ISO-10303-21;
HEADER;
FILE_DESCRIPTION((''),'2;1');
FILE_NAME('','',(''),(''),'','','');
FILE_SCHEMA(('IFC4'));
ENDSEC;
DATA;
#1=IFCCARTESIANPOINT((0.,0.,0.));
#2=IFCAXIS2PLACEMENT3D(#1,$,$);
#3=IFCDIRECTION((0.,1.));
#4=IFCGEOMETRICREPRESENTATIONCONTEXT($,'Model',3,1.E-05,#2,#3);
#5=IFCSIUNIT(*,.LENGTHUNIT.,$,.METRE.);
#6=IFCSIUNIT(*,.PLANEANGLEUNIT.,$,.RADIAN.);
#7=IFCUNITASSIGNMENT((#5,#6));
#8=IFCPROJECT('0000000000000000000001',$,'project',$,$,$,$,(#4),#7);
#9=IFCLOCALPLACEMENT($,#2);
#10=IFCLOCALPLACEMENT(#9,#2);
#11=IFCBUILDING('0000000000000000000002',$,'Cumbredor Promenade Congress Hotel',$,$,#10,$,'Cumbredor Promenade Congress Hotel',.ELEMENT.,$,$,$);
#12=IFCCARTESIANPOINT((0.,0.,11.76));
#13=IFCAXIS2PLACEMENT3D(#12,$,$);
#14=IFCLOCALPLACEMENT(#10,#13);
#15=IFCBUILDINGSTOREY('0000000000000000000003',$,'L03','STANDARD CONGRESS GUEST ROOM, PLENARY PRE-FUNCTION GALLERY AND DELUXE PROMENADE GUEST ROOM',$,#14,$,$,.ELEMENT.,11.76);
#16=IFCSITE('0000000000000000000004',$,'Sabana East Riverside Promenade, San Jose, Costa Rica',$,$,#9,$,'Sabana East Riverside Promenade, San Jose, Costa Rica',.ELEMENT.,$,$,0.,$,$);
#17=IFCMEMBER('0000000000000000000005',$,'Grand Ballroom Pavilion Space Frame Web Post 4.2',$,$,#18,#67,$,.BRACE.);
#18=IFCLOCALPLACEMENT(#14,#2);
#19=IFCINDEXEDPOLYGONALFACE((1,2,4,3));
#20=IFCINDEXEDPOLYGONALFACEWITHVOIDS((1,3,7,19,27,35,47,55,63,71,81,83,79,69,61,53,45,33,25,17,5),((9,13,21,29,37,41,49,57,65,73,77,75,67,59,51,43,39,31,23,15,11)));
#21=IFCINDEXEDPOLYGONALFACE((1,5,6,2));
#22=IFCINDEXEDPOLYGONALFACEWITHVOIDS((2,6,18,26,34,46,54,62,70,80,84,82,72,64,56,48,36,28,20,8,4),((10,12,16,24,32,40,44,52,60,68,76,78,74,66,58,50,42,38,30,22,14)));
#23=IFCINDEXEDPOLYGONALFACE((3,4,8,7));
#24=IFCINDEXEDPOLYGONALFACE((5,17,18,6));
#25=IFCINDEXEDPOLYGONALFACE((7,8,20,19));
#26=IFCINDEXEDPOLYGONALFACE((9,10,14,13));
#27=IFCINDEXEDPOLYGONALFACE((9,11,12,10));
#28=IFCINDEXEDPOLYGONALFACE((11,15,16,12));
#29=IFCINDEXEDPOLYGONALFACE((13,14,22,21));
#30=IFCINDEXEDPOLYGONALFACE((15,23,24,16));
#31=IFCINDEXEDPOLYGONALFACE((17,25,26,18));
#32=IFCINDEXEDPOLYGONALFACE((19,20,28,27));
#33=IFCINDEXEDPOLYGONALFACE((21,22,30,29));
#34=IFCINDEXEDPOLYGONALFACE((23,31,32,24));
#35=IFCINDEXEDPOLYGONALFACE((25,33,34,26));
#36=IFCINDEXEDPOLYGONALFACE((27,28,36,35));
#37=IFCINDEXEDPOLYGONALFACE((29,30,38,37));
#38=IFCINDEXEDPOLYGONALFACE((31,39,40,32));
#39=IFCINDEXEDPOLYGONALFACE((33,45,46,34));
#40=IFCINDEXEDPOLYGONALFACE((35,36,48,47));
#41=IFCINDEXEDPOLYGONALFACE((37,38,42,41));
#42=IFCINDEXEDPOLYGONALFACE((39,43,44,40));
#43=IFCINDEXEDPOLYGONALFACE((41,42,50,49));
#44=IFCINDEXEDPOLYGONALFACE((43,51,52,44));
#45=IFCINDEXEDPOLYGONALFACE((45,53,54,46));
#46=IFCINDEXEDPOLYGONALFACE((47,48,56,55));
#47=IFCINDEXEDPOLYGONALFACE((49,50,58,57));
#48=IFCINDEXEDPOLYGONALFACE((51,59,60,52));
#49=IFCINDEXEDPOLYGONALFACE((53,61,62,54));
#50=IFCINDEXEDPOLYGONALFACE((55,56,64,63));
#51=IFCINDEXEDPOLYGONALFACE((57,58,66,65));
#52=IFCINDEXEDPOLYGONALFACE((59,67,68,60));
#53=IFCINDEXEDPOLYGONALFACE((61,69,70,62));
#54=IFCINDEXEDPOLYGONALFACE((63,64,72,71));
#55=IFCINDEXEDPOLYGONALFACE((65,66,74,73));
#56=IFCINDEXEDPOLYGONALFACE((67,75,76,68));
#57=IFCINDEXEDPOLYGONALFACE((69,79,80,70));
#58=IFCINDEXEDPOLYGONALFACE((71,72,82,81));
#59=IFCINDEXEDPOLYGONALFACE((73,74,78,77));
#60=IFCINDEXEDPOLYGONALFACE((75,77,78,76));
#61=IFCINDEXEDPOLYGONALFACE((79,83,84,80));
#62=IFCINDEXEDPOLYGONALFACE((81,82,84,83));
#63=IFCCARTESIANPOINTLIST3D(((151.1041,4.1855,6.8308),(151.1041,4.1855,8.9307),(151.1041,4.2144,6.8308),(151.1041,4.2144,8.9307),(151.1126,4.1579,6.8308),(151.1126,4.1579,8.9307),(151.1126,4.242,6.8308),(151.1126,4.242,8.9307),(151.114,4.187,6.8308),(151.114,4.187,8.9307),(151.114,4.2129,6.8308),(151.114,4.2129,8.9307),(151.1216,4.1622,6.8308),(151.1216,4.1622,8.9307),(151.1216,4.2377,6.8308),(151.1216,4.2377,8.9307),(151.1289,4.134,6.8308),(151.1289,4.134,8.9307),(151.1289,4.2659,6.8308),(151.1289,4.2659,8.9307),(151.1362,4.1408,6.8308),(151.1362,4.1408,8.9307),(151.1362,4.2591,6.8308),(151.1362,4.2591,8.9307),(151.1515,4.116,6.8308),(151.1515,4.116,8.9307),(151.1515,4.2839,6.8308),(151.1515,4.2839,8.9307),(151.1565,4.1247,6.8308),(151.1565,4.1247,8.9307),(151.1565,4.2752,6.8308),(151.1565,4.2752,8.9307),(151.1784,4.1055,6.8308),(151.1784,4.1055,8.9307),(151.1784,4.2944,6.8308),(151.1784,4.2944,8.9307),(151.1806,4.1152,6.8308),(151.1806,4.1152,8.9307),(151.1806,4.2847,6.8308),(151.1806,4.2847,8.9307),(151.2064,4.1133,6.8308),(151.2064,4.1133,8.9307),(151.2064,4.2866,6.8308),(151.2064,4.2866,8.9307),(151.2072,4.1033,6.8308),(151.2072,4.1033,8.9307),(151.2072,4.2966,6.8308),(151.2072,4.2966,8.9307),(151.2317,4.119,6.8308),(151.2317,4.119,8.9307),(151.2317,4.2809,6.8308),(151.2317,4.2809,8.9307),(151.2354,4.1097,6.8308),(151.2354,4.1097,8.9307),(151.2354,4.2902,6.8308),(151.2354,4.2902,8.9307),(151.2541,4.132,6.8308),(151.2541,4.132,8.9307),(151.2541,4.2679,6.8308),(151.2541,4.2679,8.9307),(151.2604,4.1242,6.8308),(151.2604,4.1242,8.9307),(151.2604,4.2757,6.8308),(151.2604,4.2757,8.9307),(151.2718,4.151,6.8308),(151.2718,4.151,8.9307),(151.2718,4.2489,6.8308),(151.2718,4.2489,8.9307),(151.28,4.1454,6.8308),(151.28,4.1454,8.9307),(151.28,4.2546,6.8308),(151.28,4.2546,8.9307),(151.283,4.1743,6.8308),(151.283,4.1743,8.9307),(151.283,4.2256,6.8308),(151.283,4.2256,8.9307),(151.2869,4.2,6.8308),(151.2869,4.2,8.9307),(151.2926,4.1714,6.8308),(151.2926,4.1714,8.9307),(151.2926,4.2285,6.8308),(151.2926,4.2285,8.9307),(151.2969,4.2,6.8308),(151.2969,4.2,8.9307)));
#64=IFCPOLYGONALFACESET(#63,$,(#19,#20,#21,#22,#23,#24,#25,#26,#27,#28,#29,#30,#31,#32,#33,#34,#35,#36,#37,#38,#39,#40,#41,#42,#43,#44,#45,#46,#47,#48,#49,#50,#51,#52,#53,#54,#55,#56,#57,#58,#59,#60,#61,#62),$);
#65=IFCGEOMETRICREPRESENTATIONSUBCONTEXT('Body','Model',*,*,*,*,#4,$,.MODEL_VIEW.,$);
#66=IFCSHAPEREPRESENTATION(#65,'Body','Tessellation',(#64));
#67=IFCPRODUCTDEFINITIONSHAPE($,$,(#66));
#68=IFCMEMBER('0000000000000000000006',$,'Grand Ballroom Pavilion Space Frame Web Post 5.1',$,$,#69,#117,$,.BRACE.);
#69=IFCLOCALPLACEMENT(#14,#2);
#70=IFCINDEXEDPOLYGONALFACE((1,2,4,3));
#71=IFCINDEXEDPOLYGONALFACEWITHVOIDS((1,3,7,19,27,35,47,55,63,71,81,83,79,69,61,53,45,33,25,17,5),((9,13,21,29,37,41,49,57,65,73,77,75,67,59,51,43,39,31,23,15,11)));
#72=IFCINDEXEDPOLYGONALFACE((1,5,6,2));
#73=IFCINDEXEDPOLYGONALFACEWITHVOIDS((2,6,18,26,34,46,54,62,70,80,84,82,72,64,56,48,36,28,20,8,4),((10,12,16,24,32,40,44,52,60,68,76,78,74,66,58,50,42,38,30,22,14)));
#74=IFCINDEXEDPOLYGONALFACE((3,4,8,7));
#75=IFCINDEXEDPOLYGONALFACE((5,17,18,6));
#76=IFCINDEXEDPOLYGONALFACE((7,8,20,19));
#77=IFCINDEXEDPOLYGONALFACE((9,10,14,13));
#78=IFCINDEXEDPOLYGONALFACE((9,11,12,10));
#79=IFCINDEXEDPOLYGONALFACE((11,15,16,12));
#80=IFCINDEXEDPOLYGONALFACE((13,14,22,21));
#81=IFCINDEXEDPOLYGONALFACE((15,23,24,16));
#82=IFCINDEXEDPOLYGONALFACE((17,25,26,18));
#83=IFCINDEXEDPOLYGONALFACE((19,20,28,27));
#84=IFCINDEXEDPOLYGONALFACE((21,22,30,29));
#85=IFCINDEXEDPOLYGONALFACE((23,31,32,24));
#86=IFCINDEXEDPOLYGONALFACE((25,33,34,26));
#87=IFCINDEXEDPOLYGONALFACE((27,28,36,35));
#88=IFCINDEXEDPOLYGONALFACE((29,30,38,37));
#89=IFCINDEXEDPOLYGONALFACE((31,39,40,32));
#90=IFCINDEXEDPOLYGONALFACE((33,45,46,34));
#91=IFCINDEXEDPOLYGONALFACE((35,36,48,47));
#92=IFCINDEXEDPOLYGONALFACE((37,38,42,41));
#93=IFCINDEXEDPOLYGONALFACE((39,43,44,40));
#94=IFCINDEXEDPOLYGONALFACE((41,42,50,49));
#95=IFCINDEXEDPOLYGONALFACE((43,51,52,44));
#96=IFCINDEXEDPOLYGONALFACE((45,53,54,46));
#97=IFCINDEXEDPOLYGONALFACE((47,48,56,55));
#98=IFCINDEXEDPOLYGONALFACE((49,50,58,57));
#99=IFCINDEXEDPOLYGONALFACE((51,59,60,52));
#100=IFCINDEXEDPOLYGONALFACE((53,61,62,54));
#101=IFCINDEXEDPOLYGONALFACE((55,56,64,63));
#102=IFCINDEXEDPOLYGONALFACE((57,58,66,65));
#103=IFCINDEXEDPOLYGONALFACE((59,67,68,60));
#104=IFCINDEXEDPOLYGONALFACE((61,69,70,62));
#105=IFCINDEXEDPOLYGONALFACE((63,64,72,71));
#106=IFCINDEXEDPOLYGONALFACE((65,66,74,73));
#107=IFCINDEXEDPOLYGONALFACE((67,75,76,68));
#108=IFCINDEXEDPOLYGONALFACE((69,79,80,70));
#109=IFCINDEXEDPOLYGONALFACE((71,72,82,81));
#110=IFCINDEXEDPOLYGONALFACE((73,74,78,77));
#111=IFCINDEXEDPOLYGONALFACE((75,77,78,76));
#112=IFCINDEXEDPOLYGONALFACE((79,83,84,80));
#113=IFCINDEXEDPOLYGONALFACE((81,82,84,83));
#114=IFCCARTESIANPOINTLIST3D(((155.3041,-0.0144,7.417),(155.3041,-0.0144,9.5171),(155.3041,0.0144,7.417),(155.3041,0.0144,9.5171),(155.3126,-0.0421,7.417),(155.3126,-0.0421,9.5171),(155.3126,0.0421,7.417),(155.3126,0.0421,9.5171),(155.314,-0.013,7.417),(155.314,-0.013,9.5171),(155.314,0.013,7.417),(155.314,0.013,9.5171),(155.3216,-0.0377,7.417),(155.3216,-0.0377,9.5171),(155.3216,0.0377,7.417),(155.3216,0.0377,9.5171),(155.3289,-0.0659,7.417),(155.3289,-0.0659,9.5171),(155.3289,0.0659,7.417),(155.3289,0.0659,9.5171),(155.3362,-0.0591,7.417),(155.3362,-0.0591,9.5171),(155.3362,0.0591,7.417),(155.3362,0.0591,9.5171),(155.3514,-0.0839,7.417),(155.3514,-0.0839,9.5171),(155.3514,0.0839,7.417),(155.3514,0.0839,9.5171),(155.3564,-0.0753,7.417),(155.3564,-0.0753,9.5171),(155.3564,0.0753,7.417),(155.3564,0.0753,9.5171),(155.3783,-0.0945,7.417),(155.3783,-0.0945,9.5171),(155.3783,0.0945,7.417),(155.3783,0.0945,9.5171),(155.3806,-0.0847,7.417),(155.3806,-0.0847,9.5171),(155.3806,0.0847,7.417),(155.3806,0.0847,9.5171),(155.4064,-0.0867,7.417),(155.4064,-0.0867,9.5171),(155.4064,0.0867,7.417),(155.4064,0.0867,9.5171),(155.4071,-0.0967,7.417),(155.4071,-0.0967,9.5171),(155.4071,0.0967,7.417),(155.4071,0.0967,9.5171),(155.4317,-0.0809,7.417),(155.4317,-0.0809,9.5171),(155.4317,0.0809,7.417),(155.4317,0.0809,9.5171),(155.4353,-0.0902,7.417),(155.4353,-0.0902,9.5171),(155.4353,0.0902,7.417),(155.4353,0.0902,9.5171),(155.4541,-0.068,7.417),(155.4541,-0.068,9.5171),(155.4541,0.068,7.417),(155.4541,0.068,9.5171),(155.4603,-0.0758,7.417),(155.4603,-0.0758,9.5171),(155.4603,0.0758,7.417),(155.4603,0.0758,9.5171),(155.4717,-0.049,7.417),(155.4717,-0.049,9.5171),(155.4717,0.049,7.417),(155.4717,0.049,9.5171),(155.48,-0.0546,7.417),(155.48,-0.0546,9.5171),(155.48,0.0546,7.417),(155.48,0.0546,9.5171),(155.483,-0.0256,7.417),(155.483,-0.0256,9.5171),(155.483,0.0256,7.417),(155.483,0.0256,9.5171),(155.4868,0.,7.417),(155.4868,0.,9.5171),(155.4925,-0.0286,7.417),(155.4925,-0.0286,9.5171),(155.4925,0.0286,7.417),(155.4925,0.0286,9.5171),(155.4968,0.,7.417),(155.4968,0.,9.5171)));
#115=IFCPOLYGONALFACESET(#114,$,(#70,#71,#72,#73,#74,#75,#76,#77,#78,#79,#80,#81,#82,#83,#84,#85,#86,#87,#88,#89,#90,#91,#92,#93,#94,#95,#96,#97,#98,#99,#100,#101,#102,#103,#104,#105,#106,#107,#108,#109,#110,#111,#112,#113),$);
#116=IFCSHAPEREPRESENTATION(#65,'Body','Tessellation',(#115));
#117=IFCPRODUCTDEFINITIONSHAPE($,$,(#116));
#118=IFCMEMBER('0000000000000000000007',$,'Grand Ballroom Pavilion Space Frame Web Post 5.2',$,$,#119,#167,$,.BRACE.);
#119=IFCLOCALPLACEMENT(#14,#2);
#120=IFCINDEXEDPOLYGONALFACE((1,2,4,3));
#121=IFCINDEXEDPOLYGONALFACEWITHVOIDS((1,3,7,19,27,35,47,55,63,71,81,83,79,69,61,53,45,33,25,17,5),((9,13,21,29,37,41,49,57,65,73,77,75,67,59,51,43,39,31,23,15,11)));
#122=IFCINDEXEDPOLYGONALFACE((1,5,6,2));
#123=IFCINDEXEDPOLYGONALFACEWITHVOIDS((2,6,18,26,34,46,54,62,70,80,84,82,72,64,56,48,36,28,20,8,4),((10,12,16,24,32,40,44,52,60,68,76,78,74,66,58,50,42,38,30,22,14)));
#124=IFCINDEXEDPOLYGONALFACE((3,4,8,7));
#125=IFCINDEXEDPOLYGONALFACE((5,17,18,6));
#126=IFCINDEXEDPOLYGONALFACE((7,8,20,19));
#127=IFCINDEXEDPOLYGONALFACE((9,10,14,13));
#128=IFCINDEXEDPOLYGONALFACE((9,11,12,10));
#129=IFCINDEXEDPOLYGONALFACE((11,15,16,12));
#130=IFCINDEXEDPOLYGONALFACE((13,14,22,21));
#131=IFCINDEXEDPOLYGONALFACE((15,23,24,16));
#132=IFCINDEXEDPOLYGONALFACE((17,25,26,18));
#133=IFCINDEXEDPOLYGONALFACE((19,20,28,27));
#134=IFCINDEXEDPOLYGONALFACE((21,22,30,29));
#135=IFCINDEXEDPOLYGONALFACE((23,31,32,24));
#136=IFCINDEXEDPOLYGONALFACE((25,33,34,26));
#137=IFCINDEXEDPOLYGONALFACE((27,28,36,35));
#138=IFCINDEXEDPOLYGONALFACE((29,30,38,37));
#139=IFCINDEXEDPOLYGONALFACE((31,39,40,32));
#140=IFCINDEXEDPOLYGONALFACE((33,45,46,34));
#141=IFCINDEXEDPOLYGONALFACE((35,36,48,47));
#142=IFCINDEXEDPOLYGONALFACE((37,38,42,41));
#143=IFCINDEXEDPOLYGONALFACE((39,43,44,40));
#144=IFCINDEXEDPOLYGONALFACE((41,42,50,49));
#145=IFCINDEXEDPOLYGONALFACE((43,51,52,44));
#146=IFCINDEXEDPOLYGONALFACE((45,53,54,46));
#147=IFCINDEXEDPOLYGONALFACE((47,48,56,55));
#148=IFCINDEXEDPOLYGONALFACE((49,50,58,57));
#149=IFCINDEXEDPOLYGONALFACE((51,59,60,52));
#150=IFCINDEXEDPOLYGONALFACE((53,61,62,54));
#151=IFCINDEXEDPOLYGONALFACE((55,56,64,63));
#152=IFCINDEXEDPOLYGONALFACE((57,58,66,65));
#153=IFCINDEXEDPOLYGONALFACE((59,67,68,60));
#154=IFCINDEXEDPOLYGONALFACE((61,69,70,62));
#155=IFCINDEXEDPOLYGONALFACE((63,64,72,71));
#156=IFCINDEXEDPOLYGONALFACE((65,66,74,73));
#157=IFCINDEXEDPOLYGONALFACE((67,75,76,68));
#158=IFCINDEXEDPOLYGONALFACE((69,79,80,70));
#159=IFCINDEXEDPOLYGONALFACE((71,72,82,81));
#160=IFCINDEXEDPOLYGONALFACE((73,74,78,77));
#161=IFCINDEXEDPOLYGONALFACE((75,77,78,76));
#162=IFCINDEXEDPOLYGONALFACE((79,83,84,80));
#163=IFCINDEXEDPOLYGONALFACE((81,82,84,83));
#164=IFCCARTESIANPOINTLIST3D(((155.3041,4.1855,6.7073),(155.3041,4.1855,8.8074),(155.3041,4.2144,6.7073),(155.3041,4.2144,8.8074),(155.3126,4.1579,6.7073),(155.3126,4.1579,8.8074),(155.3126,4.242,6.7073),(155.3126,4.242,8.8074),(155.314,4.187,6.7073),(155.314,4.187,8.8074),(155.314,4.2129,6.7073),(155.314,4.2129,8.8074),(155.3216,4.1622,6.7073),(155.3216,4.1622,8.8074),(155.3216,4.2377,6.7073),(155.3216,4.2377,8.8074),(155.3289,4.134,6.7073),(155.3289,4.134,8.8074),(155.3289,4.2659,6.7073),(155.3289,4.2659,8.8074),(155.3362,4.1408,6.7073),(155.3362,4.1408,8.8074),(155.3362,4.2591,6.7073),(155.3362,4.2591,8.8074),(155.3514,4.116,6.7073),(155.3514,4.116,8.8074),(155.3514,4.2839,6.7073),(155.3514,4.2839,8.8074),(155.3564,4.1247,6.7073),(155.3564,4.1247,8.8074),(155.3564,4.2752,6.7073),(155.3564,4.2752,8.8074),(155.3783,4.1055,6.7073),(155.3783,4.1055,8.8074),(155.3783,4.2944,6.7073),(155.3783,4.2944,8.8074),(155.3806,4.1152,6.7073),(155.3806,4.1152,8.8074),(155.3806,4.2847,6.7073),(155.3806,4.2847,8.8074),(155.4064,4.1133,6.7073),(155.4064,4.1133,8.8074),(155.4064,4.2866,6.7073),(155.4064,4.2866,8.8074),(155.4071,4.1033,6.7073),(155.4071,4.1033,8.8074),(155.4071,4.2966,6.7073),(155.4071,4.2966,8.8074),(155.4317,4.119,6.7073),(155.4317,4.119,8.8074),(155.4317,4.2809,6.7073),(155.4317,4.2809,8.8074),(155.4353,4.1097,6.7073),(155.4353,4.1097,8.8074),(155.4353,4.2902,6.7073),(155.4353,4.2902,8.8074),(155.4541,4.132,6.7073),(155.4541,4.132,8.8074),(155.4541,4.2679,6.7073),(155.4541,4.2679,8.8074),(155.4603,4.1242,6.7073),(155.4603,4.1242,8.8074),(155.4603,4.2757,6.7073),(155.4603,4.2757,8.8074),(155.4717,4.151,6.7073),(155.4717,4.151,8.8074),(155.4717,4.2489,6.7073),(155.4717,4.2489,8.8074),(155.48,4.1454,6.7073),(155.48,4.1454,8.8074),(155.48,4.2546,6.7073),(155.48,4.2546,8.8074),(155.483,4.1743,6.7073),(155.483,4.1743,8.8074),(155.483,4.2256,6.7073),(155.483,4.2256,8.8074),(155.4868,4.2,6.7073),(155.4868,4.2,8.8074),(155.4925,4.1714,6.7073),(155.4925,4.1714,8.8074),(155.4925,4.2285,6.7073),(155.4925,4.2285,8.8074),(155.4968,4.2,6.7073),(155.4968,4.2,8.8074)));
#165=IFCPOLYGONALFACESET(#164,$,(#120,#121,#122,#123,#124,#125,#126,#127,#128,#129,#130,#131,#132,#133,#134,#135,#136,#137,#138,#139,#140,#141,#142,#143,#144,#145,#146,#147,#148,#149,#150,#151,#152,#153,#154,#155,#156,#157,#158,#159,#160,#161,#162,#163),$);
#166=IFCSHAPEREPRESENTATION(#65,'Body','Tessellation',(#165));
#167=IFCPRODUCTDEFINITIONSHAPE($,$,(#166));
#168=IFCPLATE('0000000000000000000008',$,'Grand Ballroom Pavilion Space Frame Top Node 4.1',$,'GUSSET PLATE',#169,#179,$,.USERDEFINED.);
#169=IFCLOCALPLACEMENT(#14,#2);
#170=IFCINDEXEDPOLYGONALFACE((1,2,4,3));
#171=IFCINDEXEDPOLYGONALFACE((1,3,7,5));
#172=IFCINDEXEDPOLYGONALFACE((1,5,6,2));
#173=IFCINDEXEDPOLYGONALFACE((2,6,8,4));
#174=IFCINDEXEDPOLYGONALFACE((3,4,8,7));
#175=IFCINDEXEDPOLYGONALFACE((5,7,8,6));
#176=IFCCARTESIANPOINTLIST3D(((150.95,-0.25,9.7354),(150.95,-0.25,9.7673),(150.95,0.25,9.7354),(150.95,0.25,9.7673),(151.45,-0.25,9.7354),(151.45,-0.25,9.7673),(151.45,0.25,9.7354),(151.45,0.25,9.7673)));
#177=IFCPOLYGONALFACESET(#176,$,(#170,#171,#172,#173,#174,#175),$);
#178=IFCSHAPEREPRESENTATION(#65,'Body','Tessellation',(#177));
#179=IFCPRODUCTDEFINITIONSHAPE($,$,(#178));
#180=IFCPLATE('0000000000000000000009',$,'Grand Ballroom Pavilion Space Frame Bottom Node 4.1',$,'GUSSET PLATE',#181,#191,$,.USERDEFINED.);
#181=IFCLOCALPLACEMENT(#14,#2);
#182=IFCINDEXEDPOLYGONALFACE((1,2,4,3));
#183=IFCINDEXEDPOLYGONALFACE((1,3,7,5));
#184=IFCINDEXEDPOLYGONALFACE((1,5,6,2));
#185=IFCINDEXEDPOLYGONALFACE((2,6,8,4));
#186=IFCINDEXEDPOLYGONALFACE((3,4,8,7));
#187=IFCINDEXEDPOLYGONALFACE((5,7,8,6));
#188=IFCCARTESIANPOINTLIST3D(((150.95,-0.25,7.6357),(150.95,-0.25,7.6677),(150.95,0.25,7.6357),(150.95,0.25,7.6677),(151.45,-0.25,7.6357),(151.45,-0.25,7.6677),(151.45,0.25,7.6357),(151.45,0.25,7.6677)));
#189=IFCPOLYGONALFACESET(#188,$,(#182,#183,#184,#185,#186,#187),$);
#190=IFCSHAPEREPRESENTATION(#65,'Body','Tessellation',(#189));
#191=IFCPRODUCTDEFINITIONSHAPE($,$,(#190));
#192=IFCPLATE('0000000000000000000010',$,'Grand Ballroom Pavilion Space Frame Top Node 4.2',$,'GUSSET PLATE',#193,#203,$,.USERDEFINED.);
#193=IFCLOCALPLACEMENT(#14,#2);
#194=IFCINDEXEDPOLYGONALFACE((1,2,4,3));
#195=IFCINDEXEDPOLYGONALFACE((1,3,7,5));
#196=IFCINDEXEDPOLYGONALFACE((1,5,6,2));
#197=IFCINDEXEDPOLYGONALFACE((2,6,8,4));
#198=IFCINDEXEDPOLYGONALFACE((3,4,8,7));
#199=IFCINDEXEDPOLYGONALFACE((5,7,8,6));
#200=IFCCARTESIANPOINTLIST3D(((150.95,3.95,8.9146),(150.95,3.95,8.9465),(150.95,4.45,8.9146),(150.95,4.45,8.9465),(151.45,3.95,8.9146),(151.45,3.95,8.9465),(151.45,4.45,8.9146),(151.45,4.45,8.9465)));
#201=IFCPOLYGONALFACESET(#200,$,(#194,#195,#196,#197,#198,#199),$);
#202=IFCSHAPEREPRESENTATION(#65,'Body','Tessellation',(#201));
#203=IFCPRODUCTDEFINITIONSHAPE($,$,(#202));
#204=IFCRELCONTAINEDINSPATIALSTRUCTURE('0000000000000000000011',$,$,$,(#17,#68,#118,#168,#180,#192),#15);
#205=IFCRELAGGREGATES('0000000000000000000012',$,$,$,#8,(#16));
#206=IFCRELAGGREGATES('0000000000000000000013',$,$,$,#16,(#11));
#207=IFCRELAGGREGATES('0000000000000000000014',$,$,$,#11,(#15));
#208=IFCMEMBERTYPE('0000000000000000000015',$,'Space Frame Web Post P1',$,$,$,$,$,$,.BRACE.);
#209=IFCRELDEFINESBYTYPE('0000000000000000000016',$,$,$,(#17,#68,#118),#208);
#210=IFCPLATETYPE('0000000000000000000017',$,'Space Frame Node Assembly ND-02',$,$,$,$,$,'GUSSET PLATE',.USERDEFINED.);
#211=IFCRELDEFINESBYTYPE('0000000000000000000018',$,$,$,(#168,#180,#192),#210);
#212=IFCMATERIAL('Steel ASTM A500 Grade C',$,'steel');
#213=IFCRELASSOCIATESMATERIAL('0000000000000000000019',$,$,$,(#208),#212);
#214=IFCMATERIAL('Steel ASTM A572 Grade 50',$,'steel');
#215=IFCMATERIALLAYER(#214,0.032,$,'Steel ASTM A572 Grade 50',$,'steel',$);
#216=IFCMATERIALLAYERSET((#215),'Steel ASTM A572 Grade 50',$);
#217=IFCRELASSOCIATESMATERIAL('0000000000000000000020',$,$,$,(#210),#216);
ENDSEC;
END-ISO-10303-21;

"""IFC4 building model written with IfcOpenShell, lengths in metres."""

from ifc_helpers import new_model, si_unit, direction, frame, origin, origin_2d, place, context, subcontext, project, spatial, rectangle, hollow_circle, extrude, material, layer, layer_set, material_profile, profile_set, type_object, element, save


model = new_model("IFC4")

# Units and contexts
model_context = context("Model", 3, precision=1e-05, world=origin(), true_north=direction((0.0, 1.0)))
body_context = subcontext(model_context, "Body", "Model", "MODEL_VIEW")
ifc_project = project(units=[si_unit("LENGTHUNIT", "METRE"), si_unit("PLANEANGLEUNIT", "RADIAN")], contexts=[model_context])

# Site, building, storey
site_placement = place(None, origin())
site = spatial("IfcSite", under=ifc_project, at=site_placement, Name="Sabana East Riverside Promenade, San Jose, Costa Rica", LongName="Sabana East Riverside Promenade, San Jose, Costa Rica", CompositionType="ELEMENT", RefElevation=0.0)
building_placement = place(site_placement, origin())
building = spatial("IfcBuilding", under=site, at=building_placement, Name="Cumbredor Promenade Congress Hotel", LongName="Cumbredor Promenade Congress Hotel", CompositionType="ELEMENT")
storey_placement = place(building_placement, frame((0.0, 0.0, 11.76)))
storey = spatial("IfcBuildingStorey", under=building, at=storey_placement, Name="L03", Description="STANDARD CONGRESS GUEST ROOM, PLENARY PRE-FUNCTION GALLERY AND DELUXE PROMENADE GUEST ROOM", CompositionType="ELEMENT", Elevation=11.76)

# Members
ifc_material_1 = material(Name="Steel ASTM A500 Grade C", Category="steel")
ifc_material_profile_1 = material_profile(ifc_material_1, hollow_circle(Radius=0.0969, WallThickness=0.01, at=origin_2d()), Name="CHS 193.7x10")
ifc_profile_set_1 = profile_set([ifc_material_profile_1], Name="Steel ASTM A500 Grade C")
member_type_1 = type_object("IfcMemberType", Name="Space Frame Web Post P1", PredefinedType="BRACE", material=ifc_profile_set_1)
for number, where, z_axis, x_axis, name in (
    (1, (151.2, 4.2, 6.8308), (0.0, 0.0, 1.0), (1.0, 0.0, 0.0), "Grand Ballroom Pavilion Space Frame Web Post 4.2"),
):
    element("IfcMember", number, at=place(storey_placement, frame(where, z_axis=z_axis, x_axis=x_axis)), inside=storey, type_object=member_type_1, Name=name, PredefinedType="BRACE", context=body_context, shape_type="SweptSolid", body=[
        extrude(hollow_circle(Radius=0.0969, WallThickness=0.01, at=origin_2d()), origin(), (0.0, 0.0, 1.0), 2.0999),
    ])
for number, where, z_axis, x_axis, name in (
    (2, (155.3999, 0.0, 7.417), (0.0, 0.0, 1.0), (1.0, 0.0, 0.0), "Grand Ballroom Pavilion Space Frame Web Post 5.1"),
    (3, (155.3999, 4.2, 6.7073), (0.0, 0.0, 1.0), (1.0, 0.0, 0.0), "Grand Ballroom Pavilion Space Frame Web Post 5.2"),
):
    element("IfcMember", number, at=place(storey_placement, frame(where, z_axis=z_axis, x_axis=x_axis)), inside=storey, type_object=member_type_1, Name=name, PredefinedType="BRACE", context=body_context, shape_type="SweptSolid", body=[
        extrude(hollow_circle(Radius=0.0969, WallThickness=0.01, at=origin_2d()), origin(), (0.0, 0.0, 1.0), 2.1001),
    ])

# Plates
ifc_material_2 = material(Name="Steel ASTM A572 Grade 50", Category="steel")
ifc_layer = layer(ifc_material_2, 0.032, Name="Steel ASTM A572 Grade 50", Category="steel")
ifc_layer_set = layer_set([ifc_layer], Name="Steel ASTM A572 Grade 50")
plate_type = type_object("IfcPlateType", Name="Space Frame Node Assembly ND-02", ElementType="GUSSET PLATE", PredefinedType="USERDEFINED", material=ifc_layer_set)
for number, where, z_axis, x_axis, name in (
    (4, (151.2, 0.0, 9.7354), (0.0, 0.0, 1.0), (1.0, 0.0, 0.0), "Grand Ballroom Pavilion Space Frame Top Node 4.1"),
    (5, (151.2, 0.0, 7.6357), (0.0, 0.0, 1.0), (1.0, 0.0, 0.0), "Grand Ballroom Pavilion Space Frame Bottom Node 4.1"),
    (6, (151.2, 4.2, 8.9146), (0.0, 0.0, 1.0), (1.0, 0.0, 0.0), "Grand Ballroom Pavilion Space Frame Top Node 4.2"),
):
    element("IfcPlate", number, at=place(storey_placement, frame(where, z_axis=z_axis, x_axis=x_axis)), inside=storey, type_object=plate_type, Name=name, ObjectType="GUSSET PLATE", PredefinedType="USERDEFINED", context=body_context, shape_type="SweptSolid", body=[
        extrude(rectangle(XDim=0.5, YDim=0.5, at=origin_2d()), origin(), (0.0, 0.0, 1.0), 0.032),
    ])

save(model, "model.ifc")
